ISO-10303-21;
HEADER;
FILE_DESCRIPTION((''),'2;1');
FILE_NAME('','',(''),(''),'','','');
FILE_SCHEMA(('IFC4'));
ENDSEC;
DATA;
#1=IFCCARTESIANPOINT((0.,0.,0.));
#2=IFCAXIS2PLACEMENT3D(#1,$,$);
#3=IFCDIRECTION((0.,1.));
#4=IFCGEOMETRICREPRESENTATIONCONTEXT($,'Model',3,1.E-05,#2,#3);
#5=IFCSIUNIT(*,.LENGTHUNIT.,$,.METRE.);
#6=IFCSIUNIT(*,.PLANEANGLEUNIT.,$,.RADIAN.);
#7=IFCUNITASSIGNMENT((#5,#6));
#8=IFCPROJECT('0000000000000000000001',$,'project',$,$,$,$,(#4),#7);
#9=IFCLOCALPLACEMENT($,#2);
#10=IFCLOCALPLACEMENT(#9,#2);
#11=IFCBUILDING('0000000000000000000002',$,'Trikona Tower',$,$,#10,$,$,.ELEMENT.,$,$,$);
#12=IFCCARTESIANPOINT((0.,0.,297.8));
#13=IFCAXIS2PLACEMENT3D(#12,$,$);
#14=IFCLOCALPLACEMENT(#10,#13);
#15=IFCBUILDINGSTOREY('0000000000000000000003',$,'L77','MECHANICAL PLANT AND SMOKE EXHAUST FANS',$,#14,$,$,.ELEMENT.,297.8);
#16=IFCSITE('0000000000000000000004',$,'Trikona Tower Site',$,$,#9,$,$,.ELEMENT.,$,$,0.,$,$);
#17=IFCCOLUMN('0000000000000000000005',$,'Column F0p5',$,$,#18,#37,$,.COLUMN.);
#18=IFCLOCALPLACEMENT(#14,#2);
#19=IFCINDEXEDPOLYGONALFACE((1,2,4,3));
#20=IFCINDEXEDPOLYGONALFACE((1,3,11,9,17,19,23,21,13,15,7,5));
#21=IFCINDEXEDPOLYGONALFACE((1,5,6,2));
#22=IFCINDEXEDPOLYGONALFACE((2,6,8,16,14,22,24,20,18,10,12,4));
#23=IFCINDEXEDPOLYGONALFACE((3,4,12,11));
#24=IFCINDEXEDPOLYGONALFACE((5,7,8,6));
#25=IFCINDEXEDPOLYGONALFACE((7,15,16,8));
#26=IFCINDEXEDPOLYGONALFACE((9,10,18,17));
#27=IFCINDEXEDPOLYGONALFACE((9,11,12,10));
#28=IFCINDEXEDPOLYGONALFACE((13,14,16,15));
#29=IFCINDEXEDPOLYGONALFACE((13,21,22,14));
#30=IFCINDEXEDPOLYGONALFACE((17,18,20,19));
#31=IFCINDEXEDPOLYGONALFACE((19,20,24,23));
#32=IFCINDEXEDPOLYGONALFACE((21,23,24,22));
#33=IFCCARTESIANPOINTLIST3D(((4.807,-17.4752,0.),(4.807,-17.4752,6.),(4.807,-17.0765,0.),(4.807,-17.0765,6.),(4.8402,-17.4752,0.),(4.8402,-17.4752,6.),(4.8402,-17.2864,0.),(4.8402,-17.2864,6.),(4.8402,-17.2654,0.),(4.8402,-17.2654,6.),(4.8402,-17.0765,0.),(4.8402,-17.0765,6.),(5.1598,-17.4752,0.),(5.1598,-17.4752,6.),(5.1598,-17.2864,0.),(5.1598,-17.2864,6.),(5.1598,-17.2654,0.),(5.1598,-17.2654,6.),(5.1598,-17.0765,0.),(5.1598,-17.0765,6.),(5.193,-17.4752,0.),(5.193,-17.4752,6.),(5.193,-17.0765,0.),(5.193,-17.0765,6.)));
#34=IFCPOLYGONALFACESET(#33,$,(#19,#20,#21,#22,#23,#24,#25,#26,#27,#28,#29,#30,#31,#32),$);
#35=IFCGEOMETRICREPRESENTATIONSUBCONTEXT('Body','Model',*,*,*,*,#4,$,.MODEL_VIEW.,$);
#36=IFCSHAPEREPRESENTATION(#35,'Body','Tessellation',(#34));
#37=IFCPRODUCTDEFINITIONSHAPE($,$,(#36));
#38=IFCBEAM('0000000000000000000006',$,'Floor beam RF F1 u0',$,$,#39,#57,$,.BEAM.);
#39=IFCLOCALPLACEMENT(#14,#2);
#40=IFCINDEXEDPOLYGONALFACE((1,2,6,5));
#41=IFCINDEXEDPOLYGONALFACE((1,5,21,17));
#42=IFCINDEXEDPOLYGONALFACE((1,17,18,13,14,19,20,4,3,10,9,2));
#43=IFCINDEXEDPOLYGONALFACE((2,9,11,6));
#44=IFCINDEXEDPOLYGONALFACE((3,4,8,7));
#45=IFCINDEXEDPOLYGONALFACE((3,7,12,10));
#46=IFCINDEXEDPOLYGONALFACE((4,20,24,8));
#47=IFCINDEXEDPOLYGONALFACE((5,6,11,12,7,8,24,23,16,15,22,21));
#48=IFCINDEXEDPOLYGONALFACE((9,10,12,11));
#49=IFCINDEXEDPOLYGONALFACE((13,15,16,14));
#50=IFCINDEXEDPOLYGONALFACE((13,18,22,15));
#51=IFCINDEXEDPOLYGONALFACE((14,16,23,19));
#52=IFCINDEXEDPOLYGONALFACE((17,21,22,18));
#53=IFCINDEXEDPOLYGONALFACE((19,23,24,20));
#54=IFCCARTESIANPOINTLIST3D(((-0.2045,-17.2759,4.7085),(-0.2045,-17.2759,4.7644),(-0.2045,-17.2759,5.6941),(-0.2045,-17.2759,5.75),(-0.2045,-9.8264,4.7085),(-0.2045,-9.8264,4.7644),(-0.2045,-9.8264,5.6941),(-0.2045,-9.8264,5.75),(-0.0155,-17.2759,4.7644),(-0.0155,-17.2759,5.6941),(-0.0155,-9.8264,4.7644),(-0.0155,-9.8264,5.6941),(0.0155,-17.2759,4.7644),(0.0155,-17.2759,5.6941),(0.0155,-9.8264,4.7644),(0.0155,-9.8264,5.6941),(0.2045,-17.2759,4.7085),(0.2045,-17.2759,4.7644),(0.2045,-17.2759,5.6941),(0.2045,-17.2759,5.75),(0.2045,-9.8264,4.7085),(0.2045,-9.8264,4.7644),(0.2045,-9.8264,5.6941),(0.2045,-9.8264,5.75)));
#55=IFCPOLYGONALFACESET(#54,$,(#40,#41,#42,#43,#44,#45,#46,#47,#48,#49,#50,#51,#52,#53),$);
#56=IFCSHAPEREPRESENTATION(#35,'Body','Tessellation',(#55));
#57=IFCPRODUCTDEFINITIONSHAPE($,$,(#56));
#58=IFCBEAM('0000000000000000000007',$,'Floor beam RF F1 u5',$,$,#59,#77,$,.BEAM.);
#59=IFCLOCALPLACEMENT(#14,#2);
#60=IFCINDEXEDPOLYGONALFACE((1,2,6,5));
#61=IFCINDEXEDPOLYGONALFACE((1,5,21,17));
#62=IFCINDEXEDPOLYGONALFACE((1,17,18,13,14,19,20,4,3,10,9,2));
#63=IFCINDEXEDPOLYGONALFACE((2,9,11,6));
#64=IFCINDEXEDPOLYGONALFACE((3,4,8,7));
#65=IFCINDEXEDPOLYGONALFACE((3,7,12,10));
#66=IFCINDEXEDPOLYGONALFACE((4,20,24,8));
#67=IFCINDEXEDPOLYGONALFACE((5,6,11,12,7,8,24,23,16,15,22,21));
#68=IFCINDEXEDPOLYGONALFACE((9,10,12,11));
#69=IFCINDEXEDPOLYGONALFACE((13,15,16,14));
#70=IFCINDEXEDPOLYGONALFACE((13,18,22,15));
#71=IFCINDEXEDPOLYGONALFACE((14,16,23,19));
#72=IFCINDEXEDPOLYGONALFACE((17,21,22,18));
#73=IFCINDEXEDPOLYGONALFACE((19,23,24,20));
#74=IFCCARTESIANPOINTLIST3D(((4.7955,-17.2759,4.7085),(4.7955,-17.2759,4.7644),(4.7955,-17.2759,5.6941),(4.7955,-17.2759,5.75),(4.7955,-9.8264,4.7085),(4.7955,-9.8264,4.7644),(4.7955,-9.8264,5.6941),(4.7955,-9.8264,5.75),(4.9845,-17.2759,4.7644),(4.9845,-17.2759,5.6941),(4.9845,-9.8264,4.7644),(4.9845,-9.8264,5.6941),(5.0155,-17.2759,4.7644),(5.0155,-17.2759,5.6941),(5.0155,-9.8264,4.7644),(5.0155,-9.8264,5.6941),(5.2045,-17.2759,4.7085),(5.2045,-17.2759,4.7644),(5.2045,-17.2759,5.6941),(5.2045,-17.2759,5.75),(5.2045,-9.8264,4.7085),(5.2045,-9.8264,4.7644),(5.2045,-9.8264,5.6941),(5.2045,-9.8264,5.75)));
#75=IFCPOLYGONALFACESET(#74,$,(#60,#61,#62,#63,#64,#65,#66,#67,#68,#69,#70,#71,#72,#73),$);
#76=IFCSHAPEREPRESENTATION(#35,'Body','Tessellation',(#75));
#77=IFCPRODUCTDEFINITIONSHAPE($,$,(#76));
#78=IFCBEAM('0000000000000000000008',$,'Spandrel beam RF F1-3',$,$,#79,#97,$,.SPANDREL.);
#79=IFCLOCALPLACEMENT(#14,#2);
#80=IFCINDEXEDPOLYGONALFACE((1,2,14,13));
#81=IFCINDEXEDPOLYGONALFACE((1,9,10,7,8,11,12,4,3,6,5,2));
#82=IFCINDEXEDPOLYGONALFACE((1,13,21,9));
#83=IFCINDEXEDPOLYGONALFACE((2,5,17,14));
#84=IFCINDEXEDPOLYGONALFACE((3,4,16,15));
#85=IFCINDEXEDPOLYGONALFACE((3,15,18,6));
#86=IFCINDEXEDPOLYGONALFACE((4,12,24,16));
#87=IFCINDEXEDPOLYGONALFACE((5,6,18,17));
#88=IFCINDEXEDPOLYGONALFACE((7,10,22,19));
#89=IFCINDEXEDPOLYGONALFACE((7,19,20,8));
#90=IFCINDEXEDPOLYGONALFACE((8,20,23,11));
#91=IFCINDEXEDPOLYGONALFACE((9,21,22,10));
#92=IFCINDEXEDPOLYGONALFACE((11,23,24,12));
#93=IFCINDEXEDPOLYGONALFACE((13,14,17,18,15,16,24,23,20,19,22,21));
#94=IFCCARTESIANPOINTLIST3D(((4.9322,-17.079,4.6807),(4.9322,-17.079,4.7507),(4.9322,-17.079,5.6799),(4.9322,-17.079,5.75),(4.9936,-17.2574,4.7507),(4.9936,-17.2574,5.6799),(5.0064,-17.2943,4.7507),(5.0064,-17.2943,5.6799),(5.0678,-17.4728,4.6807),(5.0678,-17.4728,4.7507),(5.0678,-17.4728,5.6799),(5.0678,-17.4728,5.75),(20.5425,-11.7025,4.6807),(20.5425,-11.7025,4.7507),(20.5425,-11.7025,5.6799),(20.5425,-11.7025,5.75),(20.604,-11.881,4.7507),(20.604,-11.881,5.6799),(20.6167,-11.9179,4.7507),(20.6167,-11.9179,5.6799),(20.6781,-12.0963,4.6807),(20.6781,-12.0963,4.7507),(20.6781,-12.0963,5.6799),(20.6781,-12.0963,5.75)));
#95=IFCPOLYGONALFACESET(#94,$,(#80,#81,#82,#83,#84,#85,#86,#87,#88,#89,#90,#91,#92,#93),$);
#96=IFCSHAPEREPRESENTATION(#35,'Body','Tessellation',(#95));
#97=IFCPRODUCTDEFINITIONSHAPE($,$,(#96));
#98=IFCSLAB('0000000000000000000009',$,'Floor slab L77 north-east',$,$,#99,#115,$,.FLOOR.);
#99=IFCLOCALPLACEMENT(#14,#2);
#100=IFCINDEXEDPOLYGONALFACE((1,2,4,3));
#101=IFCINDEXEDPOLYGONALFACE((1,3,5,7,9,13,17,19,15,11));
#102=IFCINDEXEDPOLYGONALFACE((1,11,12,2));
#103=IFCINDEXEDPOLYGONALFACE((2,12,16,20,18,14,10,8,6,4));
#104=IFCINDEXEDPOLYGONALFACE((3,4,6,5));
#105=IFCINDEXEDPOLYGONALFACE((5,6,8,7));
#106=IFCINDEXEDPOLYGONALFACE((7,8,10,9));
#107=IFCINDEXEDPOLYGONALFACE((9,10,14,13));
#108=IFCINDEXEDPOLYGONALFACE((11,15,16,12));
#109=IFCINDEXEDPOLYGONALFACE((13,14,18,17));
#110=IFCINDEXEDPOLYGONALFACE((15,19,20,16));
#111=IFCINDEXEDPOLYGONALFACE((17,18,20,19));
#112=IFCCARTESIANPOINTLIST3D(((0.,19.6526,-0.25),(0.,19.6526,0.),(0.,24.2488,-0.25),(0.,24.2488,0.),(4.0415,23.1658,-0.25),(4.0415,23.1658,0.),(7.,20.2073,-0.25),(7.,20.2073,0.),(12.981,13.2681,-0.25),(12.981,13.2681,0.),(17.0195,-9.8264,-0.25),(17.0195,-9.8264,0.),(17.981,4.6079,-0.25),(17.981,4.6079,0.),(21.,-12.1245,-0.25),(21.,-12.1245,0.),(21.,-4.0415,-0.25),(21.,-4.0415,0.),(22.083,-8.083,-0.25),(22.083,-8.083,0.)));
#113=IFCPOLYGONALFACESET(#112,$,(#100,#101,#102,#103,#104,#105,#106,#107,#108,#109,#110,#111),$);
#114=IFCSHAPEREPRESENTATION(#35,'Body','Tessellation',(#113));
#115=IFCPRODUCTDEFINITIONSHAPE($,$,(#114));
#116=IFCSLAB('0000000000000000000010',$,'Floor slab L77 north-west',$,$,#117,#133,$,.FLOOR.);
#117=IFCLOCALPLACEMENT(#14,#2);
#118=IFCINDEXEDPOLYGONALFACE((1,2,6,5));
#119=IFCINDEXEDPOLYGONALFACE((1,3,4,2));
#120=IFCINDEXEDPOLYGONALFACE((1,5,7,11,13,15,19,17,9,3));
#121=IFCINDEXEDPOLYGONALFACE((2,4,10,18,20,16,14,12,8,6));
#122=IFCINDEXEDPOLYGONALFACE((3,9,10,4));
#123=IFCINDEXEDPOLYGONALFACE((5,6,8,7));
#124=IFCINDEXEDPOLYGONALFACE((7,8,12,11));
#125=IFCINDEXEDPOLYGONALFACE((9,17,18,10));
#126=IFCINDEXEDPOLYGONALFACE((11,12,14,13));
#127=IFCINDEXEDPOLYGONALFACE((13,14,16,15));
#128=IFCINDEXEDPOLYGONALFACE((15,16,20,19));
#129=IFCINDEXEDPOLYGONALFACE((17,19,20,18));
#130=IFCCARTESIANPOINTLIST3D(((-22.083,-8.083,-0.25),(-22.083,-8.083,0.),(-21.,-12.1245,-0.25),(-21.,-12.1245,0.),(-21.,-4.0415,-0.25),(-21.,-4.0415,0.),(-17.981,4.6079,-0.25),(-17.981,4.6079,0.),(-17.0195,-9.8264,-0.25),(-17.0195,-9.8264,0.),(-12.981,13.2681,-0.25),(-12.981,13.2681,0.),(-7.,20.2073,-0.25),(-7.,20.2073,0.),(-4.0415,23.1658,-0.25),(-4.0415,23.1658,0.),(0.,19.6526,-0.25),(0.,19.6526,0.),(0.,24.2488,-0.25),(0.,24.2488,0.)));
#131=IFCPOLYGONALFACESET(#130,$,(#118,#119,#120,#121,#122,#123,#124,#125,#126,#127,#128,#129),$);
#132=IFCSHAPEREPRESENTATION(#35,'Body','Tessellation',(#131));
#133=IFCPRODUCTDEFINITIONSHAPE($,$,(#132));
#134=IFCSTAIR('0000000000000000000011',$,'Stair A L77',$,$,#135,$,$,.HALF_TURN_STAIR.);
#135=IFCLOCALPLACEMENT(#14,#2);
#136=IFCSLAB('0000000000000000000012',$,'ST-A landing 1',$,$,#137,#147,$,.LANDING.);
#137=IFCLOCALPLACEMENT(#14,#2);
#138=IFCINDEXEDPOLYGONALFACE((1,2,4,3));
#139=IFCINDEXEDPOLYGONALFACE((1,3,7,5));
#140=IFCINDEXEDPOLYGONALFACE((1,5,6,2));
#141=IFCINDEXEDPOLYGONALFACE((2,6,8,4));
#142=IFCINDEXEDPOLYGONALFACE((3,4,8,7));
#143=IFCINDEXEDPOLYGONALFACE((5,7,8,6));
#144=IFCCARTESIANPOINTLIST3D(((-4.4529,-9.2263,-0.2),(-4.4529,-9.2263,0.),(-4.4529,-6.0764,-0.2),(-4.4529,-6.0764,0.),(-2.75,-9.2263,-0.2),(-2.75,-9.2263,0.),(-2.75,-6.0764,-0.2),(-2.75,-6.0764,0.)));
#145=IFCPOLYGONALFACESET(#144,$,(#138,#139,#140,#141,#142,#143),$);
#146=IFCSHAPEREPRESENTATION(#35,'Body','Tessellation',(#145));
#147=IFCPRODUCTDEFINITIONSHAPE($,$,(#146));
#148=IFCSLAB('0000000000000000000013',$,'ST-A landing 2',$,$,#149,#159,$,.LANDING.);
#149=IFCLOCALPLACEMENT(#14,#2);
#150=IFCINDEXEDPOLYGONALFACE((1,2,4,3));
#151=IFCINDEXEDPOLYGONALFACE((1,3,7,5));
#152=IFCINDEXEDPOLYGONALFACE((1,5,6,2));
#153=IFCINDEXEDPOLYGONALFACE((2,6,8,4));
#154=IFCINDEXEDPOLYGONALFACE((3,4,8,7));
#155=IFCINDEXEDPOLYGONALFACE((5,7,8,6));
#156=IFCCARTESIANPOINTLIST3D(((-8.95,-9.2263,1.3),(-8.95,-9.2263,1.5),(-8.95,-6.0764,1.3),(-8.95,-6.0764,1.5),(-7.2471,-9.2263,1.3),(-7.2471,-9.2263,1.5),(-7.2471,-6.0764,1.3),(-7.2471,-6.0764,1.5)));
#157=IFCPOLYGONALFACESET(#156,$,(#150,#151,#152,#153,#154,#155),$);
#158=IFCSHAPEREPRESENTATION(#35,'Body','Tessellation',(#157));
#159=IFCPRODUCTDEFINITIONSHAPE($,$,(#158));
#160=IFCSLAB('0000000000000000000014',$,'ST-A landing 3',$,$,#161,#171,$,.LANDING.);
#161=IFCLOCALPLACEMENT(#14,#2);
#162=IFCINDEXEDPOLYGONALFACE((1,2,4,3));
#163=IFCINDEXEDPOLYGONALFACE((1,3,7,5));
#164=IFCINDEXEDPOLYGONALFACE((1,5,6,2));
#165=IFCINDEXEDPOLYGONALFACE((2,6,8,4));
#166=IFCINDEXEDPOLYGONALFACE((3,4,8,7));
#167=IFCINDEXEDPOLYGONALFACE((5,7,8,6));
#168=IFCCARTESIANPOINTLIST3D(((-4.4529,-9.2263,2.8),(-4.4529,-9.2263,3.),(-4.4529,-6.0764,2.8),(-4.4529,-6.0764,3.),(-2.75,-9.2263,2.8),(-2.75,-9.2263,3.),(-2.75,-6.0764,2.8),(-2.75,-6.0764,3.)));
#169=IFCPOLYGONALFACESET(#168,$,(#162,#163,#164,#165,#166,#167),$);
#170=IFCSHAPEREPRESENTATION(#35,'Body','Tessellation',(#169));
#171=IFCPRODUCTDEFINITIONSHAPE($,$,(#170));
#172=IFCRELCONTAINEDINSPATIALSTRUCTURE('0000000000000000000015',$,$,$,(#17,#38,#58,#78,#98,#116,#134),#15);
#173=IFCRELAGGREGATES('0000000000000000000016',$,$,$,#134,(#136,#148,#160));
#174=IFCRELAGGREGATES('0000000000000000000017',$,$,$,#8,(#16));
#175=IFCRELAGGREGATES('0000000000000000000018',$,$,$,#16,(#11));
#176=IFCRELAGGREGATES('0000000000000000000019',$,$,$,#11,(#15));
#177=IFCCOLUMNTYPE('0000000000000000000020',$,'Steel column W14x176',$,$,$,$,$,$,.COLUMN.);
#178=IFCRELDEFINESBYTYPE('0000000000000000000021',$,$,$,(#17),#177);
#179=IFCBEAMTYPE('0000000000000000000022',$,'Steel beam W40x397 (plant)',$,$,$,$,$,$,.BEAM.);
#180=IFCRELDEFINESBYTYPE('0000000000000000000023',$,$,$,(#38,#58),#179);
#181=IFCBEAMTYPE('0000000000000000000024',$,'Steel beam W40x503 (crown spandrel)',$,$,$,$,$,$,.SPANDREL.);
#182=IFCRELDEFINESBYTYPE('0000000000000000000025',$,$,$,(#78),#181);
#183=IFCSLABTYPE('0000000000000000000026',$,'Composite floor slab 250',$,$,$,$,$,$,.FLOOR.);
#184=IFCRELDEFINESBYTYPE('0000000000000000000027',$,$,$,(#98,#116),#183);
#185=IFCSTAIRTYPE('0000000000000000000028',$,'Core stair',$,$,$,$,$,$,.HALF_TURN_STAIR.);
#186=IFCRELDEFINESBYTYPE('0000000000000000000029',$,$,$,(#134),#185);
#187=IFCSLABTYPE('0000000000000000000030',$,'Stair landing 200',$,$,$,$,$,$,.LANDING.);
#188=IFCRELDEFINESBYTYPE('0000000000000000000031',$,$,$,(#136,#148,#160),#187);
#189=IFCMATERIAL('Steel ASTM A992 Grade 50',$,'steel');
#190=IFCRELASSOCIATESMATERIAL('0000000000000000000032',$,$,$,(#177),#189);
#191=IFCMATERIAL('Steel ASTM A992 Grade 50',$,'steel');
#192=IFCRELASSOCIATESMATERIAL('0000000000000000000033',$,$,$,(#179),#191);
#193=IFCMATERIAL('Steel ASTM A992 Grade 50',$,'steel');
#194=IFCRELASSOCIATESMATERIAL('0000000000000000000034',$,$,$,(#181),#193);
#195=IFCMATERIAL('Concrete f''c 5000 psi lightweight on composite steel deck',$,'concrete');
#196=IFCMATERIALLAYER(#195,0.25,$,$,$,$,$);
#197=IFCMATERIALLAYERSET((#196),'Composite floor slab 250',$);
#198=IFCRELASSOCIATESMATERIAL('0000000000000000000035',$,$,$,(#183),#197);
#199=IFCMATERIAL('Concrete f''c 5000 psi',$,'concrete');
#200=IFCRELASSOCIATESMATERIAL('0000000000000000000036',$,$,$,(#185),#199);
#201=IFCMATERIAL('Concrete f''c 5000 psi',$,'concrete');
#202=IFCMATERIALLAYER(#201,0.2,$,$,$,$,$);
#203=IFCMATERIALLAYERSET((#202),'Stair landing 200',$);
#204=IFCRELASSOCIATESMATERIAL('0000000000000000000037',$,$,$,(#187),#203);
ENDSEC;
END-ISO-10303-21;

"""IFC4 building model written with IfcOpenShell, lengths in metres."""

from ifc_helpers import new_model, si_unit, direction, frame, origin, origin_2d, place, context, subcontext, project, spatial, polyline, i_section, outline, extrude, material, layer, layer_set, material_profile, profile_set, type_object, element, aggregate, save


model = new_model("IFC4")

# Units and contexts
model_context = context("Model", 3, precision=1e-05, world=origin(), true_north=direction((0.0, 1.0)))
body_context = subcontext(model_context, "Body", "Model", "MODEL_VIEW")
ifc_project = project(units=[si_unit("LENGTHUNIT", "METRE"), si_unit("PLANEANGLEUNIT", "RADIAN")], contexts=[model_context])

# Site, building, storey
site_placement = place(None, origin())
site = spatial("IfcSite", under=ifc_project, at=site_placement, Name="Trikona Tower Site", CompositionType="ELEMENT", RefElevation=0.0)
building_placement = place(site_placement, origin())
building = spatial("IfcBuilding", under=site, at=building_placement, Name="Trikona Tower", CompositionType="ELEMENT")
storey_placement = place(building_placement, frame((0.0, 0.0, 297.8)))
storey = spatial("IfcBuildingStorey", under=building, at=storey_placement, Name="L77", Description="MECHANICAL PLANT AND SMOKE EXHAUST FANS", CompositionType="ELEMENT", Elevation=297.8)

# Column
ifc_material_1 = material(Name="Steel ASTM A992 Grade 50", Category="steel")
ifc_material_profile_1 = material_profile(ifc_material_1, i_section(OverallWidth=0.3987, OverallDepth=0.386, WebThickness=0.021, FlangeThickness=0.0332, at=origin_2d()), Name="W14X176")
ifc_profile_set_1 = profile_set([ifc_material_profile_1], Name="Steel ASTM A992 Grade 50")
column_type = type_object("IfcColumnType", Name="Steel column W14x176", PredefinedType="COLUMN", material=ifc_profile_set_1)
column_placement = place(storey_placement, frame((5.0, -17.2759, 0.0), z_axis=(0.0, 0.0, 1.0), x_axis=(0.0, -1.0, 0.0)))
element("IfcColumn", 1, at=column_placement, inside=storey, type_object=column_type, Name="Column F0p5", PredefinedType="COLUMN", context=body_context, shape_type="SweptSolid", body=[
    extrude(i_section(OverallWidth=0.3987, OverallDepth=0.386, WebThickness=0.021, FlangeThickness=0.0332, at=origin_2d()), origin(), (0.0, 0.0, 1.0), 6.0),
])

# Beams
ifc_material_2 = material(Name="Steel ASTM A992 Grade 50", Category="steel")
ifc_material_profile_2 = material_profile(ifc_material_2, i_section(OverallWidth=0.4089, OverallDepth=1.0415, WebThickness=0.031, FlangeThickness=0.0559, at=origin_2d()), Name="W40X397")
ifc_profile_set_2 = profile_set([ifc_material_profile_2], Name="Steel ASTM A992 Grade 50")
beam_type_1 = type_object("IfcBeamType", Name="Steel beam W40x397 (plant)", PredefinedType="BEAM", material=ifc_profile_set_2)
for number, where, z_axis, x_axis, name in (
    (2, (0.0, -9.8264, 5.2292), (0.0, -1.0, 0.0), (1.0, 0.0, 0.0), "Floor beam RF F1 u0"),
    (3, (5.0, -9.8264, 5.2292), (0.0, -1.0, 0.0), (1.0, 0.0, 0.0), "Floor beam RF F1 u5"),
):
    element("IfcBeam", number, at=place(storey_placement, frame(where, z_axis=z_axis, x_axis=x_axis)), inside=storey, type_object=beam_type_1, Name=name, PredefinedType="BEAM", context=body_context, shape_type="SweptSolid", body=[
        extrude(i_section(OverallWidth=0.4089, OverallDepth=1.0415, WebThickness=0.031, FlangeThickness=0.0559, at=origin_2d()), origin(), (0.0, 0.0, 1.0), 7.4495),
    ])
ifc_material_3 = material(Name="Steel ASTM A992 Grade 50", Category="steel")
ifc_material_profile_3 = material_profile(ifc_material_3, i_section(OverallWidth=0.4165, OverallDepth=1.0693, WebThickness=0.0391, FlangeThickness=0.0701, at=origin_2d()), Name="W40X503")
ifc_profile_set_3 = profile_set([ifc_material_profile_3], Name="Steel ASTM A992 Grade 50")
beam_type_2 = type_object("IfcBeamType", Name="Steel beam W40x503 (crown spandrel)", PredefinedType="SPANDREL", material=ifc_profile_set_3)
beam_placement = place(storey_placement, frame((5.0, -17.2759, 5.2153), z_axis=(0.945493, 0.325643, 0.0), x_axis=(-0.325643, 0.945493, 0.0)))
element("IfcBeam", 4, at=beam_placement, inside=storey, type_object=beam_type_2, Name="Spandrel beam RF F1-3", PredefinedType="SPANDREL", context=body_context, shape_type="SweptSolid", body=[
    extrude(i_section(OverallWidth=0.4165, OverallDepth=1.0693, WebThickness=0.0391, FlangeThickness=0.0701, at=origin_2d()), origin(), (0.0, 0.0, 1.0), 16.5103),
])

# Slabs
ifc_material_4 = material(Name="Concrete f'c 5000 psi lightweight on composite steel deck", Category="concrete")
ifc_layer_1 = layer(ifc_material_4, 0.25)
ifc_layer_set_1 = layer_set([ifc_layer_1], Name="Composite floor slab 250")
slab_type_1 = type_object("IfcSlabType", Name="Composite floor slab 250", PredefinedType="FLOOR", material=ifc_layer_set_1)
slab_1_placement = place(storey_placement, frame((0.0, 0.0, -0.25)))
element("IfcSlab", 5, at=slab_1_placement, inside=storey, type_object=slab_type_1, Name="Floor slab L77 north-east", PredefinedType="FLOOR", context=body_context, shape_type="SweptSolid", body=[
    extrude(outline(polyline([(4.0415, 23.1658), (0.0, 24.2488), (0.0, 19.6526), (17.0195, -9.8264), (21.0, -12.1245), (22.083, -8.083), (21.0, -4.0415), (17.981, 4.6079), (12.981, 13.2681), (7.0, 20.2073), (4.0415, 23.1658)])), origin(), (0.0, 0.0, 1.0), 0.25),
])
slab_2_placement = place(storey_placement, frame((0.0, 0.0, -0.25)))
element("IfcSlab", 6, at=slab_2_placement, inside=storey, type_object=slab_type_1, Name="Floor slab L77 north-west", PredefinedType="FLOOR", context=body_context, shape_type="SweptSolid", body=[
    extrude(outline(polyline([(0.0, 19.6526), (0.0, 24.2488), (-4.0415, 23.1658), (-7.0, 20.2073), (-12.981, 13.2681), (-17.981, 4.6079), (-21.0, -4.0415), (-22.083, -8.083), (-21.0, -12.1245), (-17.0195, -9.8264), (0.0, 19.6526)])), origin(), (0.0, 0.0, 1.0), 0.25),
])

# Stair, slabs
ifc_material_5 = material(Name="Concrete f'c 5000 psi", Category="concrete")
stair_type = type_object("IfcStairType", Name="Core stair", PredefinedType="HALF_TURN_STAIR", material=ifc_material_5)
stair_1_placement = place(storey_placement, origin())
stair_1 = element("IfcStair", 7, at=stair_1_placement, inside=storey, type_object=stair_type, Name="Stair A L77", PredefinedType="HALF_TURN_STAIR")
ifc_material_6 = material(Name="Concrete f'c 5000 psi", Category="concrete")
ifc_layer_2 = layer(ifc_material_6, 0.2)
ifc_layer_set_2 = layer_set([ifc_layer_2], Name="Stair landing 200")
slab_type_2 = type_object("IfcSlabType", Name="Stair landing 200", PredefinedType="LANDING", material=ifc_layer_set_2)
slab_3_placement = place(storey_placement, frame((0.0, 0.0, -0.2)))
slab_3 = element("IfcSlab", 8, at=slab_3_placement, type_object=slab_type_2, Name="ST-A landing 1", PredefinedType="LANDING", context=body_context, shape_type="SweptSolid", body=[
    extrude(outline(polyline([(-4.4529, -6.0764), (-2.75, -6.0764), (-2.75, -9.2263), (-4.4529, -9.2263), (-4.4529, -6.0764)])), origin(), (0.0, 0.0, 1.0), 0.2),
])
slab_4_placement = place(storey_placement, frame((0.0, 0.0, 1.3)))
slab_4 = element("IfcSlab", 9, at=slab_4_placement, type_object=slab_type_2, Name="ST-A landing 2", PredefinedType="LANDING", context=body_context, shape_type="SweptSolid", body=[
    extrude(outline(polyline([(-8.95, -6.0764), (-7.2471, -6.0764), (-7.2471, -9.2263), (-8.95, -9.2263), (-8.95, -6.0764)])), origin(), (0.0, 0.0, 1.0), 0.2),
])
slab_5_placement = place(storey_placement, frame((0.0, 0.0, 2.8)))
slab_5 = element("IfcSlab", 10, at=slab_5_placement, type_object=slab_type_2, Name="ST-A landing 3", PredefinedType="LANDING", context=body_context, shape_type="SweptSolid", body=[
    extrude(outline(polyline([(-4.4529, -6.0764), (-2.75, -6.0764), (-2.75, -9.2263), (-4.4529, -9.2263), (-4.4529, -6.0764)])), origin(), (0.0, 0.0, 1.0), 0.2),
])
aggregate(stair_1, [slab_3, slab_4, slab_5])

save(model, "model.ifc")
